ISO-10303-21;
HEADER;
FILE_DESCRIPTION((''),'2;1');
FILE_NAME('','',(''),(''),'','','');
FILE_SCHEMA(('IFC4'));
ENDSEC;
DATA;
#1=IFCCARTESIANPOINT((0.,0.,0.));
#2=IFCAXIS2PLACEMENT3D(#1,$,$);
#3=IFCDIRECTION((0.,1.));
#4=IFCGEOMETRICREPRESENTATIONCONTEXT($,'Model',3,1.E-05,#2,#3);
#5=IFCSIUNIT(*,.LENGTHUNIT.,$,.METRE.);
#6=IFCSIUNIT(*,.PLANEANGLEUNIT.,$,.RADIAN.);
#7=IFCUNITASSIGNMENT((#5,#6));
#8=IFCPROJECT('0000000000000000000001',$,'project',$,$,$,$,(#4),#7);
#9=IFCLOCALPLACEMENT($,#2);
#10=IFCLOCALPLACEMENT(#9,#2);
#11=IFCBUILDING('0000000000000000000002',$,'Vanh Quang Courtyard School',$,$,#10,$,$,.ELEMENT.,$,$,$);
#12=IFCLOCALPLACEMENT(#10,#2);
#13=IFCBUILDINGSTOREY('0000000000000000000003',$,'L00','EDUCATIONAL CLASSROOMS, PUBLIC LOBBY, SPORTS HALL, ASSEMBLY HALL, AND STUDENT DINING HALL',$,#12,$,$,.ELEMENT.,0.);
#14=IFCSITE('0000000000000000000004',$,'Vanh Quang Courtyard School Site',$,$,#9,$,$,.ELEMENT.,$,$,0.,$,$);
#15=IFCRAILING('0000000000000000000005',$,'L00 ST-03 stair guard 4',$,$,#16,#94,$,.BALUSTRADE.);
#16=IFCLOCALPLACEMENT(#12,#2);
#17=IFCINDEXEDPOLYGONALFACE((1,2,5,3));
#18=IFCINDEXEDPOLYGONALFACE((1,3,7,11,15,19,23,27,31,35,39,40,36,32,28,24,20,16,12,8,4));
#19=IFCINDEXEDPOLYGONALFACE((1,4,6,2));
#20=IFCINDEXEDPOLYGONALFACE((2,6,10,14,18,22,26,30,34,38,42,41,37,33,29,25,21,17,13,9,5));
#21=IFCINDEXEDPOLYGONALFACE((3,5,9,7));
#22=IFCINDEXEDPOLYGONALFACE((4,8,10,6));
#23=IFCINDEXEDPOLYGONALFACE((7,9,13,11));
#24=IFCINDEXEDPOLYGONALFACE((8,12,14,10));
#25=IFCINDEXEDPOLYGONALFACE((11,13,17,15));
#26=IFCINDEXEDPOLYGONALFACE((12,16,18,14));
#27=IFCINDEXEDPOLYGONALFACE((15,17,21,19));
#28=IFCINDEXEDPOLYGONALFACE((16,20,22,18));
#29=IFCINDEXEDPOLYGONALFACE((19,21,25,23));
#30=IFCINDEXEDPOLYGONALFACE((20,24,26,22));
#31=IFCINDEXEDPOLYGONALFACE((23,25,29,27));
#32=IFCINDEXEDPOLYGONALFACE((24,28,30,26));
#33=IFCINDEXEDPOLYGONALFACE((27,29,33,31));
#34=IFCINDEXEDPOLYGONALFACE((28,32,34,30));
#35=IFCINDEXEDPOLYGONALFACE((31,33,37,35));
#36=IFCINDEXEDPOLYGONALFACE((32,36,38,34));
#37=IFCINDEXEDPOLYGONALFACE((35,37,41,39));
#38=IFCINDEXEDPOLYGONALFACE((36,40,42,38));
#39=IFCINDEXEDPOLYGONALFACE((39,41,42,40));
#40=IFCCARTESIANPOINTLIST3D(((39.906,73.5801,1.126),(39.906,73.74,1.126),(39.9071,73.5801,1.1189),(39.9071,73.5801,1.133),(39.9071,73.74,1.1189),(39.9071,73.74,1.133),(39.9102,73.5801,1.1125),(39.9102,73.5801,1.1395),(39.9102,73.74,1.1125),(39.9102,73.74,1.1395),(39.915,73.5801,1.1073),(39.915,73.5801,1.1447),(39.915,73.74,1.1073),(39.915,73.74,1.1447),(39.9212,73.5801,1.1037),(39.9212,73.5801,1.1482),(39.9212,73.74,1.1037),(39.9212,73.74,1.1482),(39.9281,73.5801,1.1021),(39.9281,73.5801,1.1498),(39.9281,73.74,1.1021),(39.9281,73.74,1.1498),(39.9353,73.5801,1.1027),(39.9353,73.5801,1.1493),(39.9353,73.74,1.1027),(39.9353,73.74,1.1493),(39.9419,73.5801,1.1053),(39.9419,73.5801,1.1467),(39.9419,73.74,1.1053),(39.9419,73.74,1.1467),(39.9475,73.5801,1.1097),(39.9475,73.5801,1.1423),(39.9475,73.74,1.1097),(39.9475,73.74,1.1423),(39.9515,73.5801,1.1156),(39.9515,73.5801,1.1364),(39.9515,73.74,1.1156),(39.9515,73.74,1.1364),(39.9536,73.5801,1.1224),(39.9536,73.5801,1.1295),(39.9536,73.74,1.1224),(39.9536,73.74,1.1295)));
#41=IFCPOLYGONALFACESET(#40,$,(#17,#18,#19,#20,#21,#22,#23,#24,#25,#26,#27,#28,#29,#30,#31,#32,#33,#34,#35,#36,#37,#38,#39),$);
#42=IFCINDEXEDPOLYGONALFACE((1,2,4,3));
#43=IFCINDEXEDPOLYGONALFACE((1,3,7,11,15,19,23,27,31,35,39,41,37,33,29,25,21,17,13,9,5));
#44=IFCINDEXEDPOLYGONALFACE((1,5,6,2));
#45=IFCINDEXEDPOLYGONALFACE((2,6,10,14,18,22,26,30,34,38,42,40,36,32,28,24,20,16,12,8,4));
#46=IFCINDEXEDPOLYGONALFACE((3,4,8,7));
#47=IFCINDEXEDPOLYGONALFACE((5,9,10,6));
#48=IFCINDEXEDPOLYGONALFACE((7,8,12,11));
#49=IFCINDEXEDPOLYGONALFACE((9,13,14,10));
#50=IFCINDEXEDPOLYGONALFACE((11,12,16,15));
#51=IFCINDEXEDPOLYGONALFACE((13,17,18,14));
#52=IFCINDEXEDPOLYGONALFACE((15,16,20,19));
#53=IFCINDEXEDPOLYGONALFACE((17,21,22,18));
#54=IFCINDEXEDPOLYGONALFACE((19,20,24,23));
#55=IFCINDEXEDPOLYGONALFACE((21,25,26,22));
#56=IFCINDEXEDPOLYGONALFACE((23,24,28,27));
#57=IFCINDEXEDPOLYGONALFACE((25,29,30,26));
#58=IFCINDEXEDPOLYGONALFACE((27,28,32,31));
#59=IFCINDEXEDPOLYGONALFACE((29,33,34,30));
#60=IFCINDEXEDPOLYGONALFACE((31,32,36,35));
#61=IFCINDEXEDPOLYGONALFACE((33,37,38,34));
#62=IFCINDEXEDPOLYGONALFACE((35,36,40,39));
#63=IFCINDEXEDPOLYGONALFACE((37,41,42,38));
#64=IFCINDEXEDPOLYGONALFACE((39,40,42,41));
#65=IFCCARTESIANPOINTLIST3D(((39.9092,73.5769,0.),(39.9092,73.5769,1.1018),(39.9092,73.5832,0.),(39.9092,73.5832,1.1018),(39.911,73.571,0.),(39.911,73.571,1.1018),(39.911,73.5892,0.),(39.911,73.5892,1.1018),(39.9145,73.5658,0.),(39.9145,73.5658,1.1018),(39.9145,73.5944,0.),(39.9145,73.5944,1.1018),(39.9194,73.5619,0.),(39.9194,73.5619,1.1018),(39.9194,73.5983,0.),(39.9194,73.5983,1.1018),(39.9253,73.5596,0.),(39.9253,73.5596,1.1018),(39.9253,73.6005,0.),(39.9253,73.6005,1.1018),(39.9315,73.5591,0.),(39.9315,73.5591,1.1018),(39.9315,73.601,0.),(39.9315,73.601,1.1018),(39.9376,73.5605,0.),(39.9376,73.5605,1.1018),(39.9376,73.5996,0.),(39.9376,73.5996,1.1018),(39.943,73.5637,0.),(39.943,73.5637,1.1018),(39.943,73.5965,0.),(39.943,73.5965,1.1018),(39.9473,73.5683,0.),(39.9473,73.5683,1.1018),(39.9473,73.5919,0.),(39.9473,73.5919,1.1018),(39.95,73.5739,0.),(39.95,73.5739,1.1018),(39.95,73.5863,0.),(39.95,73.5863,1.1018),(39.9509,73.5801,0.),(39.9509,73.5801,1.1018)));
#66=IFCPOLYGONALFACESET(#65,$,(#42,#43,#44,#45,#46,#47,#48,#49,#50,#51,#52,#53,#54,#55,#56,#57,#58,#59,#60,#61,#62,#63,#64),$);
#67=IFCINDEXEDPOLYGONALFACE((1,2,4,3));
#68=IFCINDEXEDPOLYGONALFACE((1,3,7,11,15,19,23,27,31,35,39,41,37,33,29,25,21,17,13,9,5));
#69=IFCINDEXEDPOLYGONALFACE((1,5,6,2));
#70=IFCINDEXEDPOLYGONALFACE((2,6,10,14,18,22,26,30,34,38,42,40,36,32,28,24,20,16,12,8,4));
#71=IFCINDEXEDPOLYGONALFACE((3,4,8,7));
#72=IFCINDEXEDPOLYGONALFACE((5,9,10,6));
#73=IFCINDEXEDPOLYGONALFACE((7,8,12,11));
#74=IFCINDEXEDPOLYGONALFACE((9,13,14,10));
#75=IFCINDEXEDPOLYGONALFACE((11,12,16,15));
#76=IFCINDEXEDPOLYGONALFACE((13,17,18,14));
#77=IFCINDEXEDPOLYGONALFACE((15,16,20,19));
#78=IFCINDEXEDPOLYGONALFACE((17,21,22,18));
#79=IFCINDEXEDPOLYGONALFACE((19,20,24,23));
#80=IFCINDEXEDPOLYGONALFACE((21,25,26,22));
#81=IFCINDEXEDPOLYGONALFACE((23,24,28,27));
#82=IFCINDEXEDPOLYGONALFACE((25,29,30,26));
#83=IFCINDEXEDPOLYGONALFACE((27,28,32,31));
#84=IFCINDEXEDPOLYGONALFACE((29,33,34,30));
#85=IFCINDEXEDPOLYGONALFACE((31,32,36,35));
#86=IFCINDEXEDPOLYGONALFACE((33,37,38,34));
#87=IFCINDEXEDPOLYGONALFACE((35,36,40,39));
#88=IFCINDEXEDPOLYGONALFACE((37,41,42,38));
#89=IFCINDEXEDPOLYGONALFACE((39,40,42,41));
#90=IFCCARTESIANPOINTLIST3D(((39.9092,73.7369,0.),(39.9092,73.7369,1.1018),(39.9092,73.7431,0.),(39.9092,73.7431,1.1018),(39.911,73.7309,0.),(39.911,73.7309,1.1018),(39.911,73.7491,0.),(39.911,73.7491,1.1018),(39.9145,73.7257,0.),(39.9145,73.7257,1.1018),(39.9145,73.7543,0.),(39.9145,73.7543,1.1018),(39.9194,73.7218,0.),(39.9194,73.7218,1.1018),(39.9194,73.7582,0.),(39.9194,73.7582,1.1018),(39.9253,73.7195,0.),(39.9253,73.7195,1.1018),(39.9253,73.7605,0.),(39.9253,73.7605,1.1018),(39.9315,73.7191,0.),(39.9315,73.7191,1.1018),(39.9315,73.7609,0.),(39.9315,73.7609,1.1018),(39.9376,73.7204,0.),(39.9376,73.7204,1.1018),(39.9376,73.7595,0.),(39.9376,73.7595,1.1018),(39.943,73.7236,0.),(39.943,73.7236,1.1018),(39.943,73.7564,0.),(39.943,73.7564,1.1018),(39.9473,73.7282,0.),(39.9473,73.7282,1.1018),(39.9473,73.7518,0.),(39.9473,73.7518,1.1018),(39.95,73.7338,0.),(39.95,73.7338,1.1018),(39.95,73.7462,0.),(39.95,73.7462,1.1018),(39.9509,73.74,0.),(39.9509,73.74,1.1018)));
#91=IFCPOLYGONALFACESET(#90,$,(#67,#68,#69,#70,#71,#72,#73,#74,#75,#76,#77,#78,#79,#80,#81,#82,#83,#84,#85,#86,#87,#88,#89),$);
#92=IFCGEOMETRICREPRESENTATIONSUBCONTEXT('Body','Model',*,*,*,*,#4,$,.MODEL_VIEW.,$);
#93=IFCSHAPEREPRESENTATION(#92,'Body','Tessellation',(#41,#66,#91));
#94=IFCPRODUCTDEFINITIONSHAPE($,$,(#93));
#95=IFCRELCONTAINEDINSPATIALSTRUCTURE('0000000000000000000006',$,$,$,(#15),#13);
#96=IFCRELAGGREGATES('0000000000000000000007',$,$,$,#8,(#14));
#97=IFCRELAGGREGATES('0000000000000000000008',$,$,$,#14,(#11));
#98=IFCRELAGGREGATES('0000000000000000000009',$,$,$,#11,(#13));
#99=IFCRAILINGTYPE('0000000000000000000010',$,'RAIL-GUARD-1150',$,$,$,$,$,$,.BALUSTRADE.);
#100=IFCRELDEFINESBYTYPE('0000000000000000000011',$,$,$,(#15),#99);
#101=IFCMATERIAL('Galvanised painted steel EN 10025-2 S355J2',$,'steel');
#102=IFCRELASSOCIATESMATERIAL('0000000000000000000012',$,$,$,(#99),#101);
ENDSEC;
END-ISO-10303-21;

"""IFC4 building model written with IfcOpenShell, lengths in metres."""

from ifc_helpers import new_model, si_unit, direction, frame, origin, origin_2d, place, context, subcontext, project, spatial, circle, extrude, material, type_object, element, save


model = new_model("IFC4")

# Units and contexts
model_context = context("Model", 3, precision=1e-05, world=origin(), true_north=direction((0.0, 1.0)))
body_context = subcontext(model_context, "Body", "Model", "MODEL_VIEW")
ifc_project = project(units=[si_unit("LENGTHUNIT", "METRE"), si_unit("PLANEANGLEUNIT", "RADIAN")], contexts=[model_context])

# Site, building, storey
site_placement = place(None, origin())
site = spatial("IfcSite", under=ifc_project, at=site_placement, Name="Vanh Quang Courtyard School Site", CompositionType="ELEMENT", RefElevation=0.0)
building_placement = place(site_placement, origin())
building = spatial("IfcBuilding", under=site, at=building_placement, Name="Vanh Quang Courtyard School", CompositionType="ELEMENT")
storey_placement = place(building_placement, origin())
storey = spatial("IfcBuildingStorey", under=building, at=storey_placement, Name="L00", Description="EDUCATIONAL CLASSROOMS, PUBLIC LOBBY, SPORTS HALL, ASSEMBLY HALL, AND STUDENT DINING HALL", CompositionType="ELEMENT", Elevation=0.0)

# Railing
ifc_material_1 = material(Name="Galvanised painted steel EN 10025-2 S355J2", Category="steel")
railing_type_1 = type_object("IfcRailingType", Name="RAIL-GUARD-1150", PredefinedType="BALUSTRADE", material=ifc_material_1)
railing_1_placement = place(storey_placement, frame((39.9299, 73.5801, 0.0)))
element("IfcRailing", 1, at=railing_1_placement, inside=storey, type_object=railing_type_1, Name="L00 ST-03 stair guard 4", PredefinedType="BALUSTRADE", context=body_context, shape_type="SweptSolid", body=[
    extrude(circle(Radius=0.0239, at=origin_2d()), frame((0.0, 0.0, 1.126), z_axis=(0.0, 1.0, 0.0), x_axis=(-1.0, 0.0, 0.0)), (0.0, 0.0, 1.0), 0.1599),
    extrude(circle(Radius=0.021, at=origin_2d()), origin(), (0.0, 0.0, 1.0), 1.1018),
    extrude(circle(Radius=0.021, at=origin_2d()), frame((0.0, 0.1599, 0.0)), (0.0, 0.0, 1.0), 1.1018),
])

save(model, "model.ifc")
